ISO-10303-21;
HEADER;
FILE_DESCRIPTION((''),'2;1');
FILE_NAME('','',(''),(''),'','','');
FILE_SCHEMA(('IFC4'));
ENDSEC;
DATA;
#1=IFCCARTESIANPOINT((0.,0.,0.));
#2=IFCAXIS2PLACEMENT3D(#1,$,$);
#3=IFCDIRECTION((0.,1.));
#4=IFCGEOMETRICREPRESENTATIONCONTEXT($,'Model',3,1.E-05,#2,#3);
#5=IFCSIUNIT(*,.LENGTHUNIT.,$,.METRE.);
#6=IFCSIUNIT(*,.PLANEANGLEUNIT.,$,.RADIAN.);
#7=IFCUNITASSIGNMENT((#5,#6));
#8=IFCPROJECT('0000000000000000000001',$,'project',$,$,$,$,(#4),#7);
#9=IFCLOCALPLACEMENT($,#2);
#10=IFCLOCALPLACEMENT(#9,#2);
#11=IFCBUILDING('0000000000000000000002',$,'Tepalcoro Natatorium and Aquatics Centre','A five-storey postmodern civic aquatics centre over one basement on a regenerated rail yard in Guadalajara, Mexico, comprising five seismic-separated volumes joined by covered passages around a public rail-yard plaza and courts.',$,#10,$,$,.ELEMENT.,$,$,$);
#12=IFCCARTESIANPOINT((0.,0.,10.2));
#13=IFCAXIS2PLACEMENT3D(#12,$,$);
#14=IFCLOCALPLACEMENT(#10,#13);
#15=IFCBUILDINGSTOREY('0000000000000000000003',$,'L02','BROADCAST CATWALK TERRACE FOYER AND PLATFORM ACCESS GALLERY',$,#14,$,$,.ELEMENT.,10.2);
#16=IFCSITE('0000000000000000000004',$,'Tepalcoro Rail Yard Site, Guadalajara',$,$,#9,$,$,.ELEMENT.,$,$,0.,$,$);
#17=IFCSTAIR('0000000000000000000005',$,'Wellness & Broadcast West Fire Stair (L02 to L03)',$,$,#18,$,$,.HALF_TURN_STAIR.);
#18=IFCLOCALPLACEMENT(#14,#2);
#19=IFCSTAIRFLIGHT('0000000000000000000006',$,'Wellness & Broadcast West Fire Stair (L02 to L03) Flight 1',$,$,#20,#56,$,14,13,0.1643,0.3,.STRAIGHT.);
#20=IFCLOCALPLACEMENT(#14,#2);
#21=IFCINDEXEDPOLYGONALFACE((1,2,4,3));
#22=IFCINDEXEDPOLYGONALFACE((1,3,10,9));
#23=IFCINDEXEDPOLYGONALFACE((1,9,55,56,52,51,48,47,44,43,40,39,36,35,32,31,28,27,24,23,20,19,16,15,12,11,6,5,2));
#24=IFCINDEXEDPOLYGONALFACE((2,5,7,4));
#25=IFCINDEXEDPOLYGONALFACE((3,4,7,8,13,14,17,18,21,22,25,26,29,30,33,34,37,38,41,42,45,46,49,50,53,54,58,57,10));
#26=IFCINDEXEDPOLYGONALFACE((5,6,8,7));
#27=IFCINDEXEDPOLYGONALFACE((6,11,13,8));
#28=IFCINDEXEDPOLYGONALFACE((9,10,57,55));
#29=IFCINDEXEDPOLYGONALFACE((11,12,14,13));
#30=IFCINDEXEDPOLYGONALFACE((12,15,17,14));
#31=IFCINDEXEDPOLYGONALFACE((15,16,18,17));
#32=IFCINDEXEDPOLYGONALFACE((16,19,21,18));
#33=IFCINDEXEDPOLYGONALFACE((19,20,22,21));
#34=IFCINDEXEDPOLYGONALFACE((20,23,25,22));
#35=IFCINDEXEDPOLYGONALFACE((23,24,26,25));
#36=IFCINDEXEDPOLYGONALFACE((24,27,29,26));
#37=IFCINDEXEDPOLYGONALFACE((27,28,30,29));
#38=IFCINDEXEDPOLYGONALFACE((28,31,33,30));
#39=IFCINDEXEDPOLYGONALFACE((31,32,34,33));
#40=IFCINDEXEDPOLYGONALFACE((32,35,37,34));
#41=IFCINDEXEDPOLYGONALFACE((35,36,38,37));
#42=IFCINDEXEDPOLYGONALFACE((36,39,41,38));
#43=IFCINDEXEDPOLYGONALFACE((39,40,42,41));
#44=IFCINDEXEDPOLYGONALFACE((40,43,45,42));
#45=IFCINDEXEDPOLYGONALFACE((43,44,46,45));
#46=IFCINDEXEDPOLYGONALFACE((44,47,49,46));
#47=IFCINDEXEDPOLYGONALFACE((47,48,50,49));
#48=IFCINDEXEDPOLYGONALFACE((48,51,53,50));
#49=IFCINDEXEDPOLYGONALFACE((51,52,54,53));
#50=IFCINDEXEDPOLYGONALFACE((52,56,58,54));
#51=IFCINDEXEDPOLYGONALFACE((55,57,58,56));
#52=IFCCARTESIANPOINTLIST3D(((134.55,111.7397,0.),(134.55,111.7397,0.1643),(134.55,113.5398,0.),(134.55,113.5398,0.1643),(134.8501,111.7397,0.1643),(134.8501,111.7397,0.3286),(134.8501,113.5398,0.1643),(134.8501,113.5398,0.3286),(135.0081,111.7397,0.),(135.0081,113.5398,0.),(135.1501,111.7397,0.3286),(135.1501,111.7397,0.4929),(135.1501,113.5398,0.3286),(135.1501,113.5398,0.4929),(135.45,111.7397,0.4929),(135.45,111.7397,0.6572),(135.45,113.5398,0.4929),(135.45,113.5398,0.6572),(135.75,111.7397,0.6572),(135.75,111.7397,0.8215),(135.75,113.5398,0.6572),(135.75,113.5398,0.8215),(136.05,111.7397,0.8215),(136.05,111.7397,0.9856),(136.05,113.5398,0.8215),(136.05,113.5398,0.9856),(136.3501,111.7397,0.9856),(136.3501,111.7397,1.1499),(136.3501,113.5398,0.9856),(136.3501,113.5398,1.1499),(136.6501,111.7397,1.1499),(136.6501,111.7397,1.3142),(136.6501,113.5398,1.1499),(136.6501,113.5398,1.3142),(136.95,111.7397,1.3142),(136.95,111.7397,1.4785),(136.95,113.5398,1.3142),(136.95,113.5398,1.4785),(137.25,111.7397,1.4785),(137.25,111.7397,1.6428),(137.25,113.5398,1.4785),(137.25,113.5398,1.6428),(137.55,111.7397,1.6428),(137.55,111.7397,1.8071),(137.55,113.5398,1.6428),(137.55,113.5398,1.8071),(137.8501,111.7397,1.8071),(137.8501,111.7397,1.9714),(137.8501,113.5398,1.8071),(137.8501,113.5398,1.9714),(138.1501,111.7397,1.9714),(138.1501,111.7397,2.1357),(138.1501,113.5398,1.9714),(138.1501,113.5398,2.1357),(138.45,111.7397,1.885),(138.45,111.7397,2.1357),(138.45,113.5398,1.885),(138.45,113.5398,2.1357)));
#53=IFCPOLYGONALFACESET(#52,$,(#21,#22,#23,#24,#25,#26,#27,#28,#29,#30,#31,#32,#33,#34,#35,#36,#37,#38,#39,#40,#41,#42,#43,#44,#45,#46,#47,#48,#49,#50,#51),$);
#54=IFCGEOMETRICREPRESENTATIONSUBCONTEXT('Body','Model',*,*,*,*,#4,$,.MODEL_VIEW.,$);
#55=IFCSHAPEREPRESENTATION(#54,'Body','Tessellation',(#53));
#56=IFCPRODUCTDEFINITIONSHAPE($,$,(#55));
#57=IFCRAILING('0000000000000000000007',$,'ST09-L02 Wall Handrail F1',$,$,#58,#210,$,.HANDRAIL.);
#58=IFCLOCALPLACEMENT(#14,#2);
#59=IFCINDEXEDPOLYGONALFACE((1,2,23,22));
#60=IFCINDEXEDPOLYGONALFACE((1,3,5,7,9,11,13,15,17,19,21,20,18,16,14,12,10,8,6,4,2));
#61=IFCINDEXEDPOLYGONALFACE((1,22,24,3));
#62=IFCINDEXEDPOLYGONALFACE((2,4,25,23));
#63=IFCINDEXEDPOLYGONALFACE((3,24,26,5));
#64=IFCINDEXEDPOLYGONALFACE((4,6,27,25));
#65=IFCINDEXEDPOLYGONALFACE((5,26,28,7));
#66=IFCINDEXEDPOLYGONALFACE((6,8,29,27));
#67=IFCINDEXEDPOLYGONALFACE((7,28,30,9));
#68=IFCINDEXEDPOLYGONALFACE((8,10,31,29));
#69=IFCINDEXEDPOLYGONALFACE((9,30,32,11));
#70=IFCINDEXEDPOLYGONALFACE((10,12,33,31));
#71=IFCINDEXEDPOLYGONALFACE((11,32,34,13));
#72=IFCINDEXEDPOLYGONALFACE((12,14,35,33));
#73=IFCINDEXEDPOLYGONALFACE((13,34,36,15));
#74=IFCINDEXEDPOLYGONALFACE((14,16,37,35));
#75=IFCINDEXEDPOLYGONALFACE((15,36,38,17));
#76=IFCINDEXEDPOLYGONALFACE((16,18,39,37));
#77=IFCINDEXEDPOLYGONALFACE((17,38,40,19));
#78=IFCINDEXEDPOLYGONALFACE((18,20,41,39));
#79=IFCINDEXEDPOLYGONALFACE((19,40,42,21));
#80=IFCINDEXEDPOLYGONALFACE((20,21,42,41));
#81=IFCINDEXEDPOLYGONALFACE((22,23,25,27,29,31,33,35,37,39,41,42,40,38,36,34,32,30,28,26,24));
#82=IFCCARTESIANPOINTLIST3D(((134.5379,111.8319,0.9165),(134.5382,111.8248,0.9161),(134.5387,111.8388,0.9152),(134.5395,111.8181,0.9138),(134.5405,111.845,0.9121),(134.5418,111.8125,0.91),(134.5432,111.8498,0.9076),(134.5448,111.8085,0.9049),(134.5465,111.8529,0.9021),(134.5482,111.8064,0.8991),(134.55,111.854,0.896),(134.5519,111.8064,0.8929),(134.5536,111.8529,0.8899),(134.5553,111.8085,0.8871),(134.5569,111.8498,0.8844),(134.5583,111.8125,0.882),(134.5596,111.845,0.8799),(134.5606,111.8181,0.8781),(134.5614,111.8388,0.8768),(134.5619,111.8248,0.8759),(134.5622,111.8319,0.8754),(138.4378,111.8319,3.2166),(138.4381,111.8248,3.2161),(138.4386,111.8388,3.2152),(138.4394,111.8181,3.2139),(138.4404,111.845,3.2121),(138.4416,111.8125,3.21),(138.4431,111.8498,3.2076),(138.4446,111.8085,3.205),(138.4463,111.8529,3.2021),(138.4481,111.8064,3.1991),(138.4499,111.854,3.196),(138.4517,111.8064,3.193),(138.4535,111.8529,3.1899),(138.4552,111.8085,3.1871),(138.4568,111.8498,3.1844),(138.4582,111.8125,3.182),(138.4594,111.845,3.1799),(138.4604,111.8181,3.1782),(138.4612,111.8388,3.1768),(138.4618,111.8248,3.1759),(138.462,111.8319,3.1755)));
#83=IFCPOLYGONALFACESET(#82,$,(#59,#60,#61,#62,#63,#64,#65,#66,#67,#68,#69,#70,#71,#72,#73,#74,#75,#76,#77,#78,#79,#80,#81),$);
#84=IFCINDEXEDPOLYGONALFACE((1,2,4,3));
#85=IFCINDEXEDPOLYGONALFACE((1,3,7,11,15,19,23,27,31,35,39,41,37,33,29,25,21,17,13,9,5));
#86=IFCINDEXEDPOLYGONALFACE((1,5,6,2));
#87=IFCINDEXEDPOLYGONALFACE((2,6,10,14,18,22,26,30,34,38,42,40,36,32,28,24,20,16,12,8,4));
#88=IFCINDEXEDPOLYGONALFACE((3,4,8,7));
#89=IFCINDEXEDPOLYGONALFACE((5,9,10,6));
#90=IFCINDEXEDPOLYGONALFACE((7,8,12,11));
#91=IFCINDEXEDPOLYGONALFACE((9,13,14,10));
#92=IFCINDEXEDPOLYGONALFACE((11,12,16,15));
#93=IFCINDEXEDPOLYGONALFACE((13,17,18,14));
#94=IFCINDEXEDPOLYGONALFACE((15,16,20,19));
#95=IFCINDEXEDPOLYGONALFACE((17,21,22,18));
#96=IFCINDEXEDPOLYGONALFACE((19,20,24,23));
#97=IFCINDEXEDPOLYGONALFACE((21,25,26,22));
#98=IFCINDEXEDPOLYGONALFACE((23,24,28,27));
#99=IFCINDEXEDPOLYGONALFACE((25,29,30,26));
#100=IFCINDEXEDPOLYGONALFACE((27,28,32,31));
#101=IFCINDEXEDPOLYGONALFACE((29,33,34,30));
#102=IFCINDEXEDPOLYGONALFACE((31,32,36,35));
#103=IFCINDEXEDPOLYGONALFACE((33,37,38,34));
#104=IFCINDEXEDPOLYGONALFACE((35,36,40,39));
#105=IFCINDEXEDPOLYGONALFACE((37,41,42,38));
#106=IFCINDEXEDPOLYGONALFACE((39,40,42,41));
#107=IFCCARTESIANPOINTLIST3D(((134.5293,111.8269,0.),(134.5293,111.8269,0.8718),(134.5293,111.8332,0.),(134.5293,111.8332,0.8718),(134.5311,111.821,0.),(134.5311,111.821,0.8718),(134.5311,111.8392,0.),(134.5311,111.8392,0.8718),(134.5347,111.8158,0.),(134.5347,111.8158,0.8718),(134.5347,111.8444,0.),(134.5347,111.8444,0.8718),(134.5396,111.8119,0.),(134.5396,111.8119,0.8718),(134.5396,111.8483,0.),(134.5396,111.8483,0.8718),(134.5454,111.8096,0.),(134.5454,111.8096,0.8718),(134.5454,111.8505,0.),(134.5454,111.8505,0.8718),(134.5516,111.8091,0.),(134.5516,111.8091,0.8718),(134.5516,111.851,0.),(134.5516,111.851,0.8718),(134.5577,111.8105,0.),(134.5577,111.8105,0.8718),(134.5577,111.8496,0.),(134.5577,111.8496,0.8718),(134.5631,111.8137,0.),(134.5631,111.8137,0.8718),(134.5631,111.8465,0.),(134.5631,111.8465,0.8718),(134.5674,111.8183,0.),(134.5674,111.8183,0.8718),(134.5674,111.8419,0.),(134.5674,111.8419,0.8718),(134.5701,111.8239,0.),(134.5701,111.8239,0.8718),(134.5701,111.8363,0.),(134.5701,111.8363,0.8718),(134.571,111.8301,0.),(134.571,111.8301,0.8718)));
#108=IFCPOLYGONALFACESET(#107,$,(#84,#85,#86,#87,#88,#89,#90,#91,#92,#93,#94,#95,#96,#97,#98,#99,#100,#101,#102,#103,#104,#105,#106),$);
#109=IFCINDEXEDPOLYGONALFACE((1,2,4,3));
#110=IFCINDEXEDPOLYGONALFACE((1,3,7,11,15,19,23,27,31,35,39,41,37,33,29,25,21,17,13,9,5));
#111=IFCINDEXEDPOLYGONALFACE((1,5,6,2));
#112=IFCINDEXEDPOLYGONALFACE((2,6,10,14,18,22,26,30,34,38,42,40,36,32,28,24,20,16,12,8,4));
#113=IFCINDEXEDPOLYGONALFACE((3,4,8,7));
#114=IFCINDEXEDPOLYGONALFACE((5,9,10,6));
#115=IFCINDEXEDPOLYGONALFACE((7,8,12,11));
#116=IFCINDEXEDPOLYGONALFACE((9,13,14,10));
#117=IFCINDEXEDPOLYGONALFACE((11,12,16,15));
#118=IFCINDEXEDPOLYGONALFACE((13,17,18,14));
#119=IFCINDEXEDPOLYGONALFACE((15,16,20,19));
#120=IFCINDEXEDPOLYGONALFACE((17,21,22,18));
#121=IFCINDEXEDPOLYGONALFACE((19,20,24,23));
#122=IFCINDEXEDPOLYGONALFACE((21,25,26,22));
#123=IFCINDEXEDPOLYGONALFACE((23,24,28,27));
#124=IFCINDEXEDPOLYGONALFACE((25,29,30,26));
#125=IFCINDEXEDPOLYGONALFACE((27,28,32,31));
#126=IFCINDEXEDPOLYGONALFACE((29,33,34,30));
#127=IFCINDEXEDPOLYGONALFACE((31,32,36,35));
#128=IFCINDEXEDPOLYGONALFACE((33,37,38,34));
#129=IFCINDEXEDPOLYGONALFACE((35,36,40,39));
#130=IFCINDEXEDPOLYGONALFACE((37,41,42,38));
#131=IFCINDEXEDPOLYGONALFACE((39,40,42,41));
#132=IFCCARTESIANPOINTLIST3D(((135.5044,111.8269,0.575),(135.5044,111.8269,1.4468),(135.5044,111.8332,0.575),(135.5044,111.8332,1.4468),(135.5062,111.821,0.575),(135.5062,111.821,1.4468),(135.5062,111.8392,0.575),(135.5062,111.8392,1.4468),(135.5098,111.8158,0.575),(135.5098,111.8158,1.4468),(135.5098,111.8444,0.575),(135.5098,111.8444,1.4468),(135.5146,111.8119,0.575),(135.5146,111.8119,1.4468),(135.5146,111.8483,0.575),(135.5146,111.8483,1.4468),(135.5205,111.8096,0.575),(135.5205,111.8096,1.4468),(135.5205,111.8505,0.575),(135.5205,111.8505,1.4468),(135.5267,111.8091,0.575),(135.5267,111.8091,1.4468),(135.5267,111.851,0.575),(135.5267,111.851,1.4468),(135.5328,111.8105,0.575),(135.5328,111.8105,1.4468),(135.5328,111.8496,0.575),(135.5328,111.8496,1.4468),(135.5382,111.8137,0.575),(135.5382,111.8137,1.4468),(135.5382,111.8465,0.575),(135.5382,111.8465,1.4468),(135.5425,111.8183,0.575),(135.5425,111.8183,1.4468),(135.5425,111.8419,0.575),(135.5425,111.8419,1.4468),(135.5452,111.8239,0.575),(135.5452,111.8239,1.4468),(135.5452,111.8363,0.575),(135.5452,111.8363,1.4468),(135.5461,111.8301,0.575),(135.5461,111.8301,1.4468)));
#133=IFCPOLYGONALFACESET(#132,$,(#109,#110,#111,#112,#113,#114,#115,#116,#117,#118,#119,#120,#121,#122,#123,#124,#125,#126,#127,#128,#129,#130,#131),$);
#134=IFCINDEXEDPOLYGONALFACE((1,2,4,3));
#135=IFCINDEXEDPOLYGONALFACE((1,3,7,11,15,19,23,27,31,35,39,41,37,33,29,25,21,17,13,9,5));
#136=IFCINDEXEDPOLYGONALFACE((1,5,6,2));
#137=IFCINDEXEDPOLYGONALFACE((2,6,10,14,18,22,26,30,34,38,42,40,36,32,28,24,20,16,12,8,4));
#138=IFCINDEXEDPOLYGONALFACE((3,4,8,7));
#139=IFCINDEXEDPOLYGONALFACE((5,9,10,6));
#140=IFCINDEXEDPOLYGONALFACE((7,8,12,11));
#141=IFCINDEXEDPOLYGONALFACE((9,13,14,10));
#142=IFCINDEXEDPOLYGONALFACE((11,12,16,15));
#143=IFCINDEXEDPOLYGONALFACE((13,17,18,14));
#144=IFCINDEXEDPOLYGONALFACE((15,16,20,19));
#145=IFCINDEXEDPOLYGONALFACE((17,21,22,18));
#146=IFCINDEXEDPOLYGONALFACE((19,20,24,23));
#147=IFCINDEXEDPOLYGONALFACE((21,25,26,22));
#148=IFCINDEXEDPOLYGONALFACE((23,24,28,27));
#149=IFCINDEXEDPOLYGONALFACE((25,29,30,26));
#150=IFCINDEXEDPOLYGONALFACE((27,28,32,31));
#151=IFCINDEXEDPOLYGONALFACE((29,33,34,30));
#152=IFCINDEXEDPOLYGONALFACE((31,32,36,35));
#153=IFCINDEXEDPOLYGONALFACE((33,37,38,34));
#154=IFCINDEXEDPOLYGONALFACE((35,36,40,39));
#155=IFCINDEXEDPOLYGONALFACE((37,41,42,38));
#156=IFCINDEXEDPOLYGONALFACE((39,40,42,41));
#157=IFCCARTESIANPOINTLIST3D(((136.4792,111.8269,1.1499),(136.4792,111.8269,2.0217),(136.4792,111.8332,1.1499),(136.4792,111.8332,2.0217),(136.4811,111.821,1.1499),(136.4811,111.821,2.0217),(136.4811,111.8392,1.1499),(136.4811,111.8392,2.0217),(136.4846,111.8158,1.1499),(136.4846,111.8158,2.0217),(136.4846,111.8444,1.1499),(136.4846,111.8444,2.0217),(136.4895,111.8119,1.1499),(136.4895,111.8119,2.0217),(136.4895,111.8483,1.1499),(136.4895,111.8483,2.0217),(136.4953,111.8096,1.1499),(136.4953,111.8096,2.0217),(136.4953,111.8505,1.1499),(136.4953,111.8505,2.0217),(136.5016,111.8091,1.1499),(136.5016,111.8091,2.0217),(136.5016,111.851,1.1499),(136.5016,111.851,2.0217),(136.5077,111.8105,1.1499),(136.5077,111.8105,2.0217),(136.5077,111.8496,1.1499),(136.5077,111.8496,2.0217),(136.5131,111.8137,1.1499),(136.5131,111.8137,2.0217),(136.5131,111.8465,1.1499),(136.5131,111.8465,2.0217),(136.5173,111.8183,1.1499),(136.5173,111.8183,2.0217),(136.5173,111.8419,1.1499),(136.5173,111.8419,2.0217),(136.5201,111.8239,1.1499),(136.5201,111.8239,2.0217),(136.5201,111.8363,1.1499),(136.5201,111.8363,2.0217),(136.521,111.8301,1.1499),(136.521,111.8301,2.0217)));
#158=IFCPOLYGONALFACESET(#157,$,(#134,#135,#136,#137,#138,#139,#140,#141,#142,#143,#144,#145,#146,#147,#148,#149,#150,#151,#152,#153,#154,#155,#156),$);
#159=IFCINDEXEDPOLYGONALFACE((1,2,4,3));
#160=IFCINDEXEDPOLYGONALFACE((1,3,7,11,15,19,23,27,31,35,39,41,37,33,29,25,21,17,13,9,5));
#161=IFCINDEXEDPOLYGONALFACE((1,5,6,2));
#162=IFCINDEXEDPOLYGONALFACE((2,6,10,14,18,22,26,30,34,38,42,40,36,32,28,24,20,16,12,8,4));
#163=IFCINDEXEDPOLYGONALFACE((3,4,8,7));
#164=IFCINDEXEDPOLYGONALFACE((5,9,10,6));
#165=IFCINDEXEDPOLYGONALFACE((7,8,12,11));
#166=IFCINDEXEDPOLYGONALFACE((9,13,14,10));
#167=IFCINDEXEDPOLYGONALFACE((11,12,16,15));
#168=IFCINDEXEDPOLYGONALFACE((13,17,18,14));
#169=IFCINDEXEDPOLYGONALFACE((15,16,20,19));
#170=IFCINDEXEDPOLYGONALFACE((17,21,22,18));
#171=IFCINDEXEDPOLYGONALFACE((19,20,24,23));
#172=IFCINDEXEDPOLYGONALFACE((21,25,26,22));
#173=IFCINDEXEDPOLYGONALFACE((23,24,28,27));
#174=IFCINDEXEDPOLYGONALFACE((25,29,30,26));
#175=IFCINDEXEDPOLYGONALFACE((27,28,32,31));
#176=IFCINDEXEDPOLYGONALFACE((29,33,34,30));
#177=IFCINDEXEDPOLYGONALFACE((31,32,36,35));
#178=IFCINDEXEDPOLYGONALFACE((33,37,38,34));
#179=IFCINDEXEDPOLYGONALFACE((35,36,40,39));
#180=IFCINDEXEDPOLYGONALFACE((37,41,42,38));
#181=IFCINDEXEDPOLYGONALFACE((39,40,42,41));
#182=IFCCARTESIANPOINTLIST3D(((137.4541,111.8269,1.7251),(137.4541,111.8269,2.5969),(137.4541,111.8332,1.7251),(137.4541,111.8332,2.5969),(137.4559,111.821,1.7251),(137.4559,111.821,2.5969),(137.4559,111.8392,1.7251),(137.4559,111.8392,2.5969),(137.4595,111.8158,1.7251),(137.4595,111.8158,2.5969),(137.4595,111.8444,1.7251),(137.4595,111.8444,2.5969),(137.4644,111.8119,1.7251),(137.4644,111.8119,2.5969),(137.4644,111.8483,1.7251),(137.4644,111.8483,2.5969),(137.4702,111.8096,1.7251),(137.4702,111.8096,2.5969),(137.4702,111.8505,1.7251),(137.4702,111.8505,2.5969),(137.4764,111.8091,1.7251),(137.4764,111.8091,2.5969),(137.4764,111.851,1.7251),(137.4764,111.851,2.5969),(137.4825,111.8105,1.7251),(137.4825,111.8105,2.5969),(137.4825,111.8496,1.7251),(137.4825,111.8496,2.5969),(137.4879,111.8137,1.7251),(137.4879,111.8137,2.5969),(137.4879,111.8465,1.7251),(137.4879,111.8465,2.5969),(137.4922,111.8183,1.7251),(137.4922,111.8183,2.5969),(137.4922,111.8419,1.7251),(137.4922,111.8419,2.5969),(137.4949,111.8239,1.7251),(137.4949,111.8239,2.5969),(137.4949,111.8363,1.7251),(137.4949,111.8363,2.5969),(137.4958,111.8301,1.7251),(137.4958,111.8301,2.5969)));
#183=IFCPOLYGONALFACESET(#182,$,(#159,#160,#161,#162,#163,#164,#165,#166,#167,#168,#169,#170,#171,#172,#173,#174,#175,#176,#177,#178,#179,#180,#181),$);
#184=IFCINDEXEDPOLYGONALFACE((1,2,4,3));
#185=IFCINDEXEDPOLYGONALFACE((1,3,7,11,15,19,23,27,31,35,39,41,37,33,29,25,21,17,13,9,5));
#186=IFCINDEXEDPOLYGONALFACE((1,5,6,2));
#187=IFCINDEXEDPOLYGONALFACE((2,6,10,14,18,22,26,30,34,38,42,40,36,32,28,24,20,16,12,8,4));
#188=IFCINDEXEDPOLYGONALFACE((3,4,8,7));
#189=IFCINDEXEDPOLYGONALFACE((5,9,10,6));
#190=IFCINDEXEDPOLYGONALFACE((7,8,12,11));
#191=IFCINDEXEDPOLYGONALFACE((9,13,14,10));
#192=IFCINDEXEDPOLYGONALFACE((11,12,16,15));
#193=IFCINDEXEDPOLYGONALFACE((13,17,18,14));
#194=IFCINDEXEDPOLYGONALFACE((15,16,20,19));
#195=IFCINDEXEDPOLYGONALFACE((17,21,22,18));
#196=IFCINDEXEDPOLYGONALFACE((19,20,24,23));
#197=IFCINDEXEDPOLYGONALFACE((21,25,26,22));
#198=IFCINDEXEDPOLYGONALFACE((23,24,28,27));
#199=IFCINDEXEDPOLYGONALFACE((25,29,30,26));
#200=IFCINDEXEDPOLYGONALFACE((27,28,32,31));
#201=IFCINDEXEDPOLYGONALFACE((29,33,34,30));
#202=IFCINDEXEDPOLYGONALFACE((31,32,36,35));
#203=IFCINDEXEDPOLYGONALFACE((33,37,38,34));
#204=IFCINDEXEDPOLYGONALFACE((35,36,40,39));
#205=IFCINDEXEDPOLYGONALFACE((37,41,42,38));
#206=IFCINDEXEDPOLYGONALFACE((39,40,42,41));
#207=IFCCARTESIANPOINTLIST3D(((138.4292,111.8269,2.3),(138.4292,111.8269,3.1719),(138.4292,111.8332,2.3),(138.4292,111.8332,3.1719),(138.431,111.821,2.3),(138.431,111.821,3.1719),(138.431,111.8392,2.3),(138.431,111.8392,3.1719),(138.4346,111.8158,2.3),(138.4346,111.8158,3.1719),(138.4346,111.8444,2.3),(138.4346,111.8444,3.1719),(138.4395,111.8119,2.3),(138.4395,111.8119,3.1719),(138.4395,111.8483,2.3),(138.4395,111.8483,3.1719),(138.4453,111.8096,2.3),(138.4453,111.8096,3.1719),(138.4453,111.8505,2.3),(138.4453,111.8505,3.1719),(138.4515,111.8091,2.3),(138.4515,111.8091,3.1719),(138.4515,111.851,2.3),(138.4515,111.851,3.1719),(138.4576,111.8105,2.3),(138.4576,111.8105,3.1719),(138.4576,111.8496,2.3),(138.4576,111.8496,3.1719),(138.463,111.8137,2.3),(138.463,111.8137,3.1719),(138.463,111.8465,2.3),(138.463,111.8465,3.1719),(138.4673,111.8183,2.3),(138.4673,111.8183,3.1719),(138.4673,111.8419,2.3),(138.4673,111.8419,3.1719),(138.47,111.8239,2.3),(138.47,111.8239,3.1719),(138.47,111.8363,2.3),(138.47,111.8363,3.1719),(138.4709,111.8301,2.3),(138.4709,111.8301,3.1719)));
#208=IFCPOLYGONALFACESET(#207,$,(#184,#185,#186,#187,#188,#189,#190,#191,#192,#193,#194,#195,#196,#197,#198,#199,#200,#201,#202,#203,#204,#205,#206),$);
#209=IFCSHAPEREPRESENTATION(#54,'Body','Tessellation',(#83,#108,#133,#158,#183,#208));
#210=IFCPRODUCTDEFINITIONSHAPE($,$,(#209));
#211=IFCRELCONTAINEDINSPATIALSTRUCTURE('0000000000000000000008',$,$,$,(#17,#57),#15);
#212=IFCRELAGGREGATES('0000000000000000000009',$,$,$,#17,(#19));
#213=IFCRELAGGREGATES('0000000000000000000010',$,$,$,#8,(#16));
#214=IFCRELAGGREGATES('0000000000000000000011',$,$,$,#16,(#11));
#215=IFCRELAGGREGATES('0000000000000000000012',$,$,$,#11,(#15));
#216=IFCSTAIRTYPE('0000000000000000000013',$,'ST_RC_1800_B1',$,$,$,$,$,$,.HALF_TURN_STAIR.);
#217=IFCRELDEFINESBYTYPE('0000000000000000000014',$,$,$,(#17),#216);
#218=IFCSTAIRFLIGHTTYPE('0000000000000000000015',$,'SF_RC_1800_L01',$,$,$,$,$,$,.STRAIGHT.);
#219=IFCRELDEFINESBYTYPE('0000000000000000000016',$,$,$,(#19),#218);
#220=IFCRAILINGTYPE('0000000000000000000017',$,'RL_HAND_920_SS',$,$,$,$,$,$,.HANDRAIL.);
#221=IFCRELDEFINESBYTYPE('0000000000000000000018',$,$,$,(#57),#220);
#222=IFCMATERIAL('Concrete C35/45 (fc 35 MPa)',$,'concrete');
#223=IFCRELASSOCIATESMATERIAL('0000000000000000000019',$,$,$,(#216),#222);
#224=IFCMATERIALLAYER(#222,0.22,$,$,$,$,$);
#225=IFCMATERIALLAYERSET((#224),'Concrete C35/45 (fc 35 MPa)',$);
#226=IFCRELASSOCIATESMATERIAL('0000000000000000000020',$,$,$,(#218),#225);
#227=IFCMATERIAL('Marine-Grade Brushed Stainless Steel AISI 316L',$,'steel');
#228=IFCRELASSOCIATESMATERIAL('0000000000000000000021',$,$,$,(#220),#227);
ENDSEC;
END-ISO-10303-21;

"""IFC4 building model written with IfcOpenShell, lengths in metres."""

from ifc_helpers import new_model, si_unit, direction, frame, origin, origin_2d, place, context, subcontext, project, spatial, polyline, circle, outline, extrude, material, layer, layer_set, type_object, element, aggregate, save


model = new_model("IFC4")

# Units and contexts
model_context = context("Model", 3, precision=1e-05, world=origin(), true_north=direction((0.0, 1.0)))
body_context = subcontext(model_context, "Body", "Model", "MODEL_VIEW")
ifc_project = project(units=[si_unit("LENGTHUNIT", "METRE"), si_unit("PLANEANGLEUNIT", "RADIAN")], contexts=[model_context])

# Site, building, storey
site_placement = place(None, origin())
site = spatial("IfcSite", under=ifc_project, at=site_placement, Name="Tepalcoro Rail Yard Site, Guadalajara", CompositionType="ELEMENT", RefElevation=0.0)
building_placement = place(site_placement, origin())
building = spatial("IfcBuilding", under=site, at=building_placement, Name="Tepalcoro Natatorium and Aquatics Centre", Description="A five-storey postmodern civic aquatics centre over one basement on a regenerated rail yard in Guadalajara, Mexico, comprising five seismic-separated volumes joined by covered passages around a public rail-yard plaza and courts.", CompositionType="ELEMENT")
storey_placement = place(building_placement, frame((0.0, 0.0, 10.2)))
storey = spatial("IfcBuildingStorey", under=building, at=storey_placement, Name="L02", Description="BROADCAST CATWALK TERRACE FOYER AND PLATFORM ACCESS GALLERY", CompositionType="ELEMENT", Elevation=10.2)

# Shared definitions
ifc_material_1 = material(Name="Marine-Grade Brushed Stainless Steel AISI 316L", Category="steel")

# Shared definitions
ifc_material_2 = material(Name="Concrete C35/45 (fc 35 MPa)", Category="concrete")

# Stair, stair flight
stair_type = type_object("IfcStairType", Name="ST_RC_1800_B1", PredefinedType="HALF_TURN_STAIR", material=ifc_material_2)
stair_placement = place(storey_placement, origin())
stair = element("IfcStair", 1, at=stair_placement, inside=storey, type_object=stair_type, Name="Wellness & Broadcast West Fire Stair (L02 to L03)", PredefinedType="HALF_TURN_STAIR")
ifc_layer_1 = layer(ifc_material_2, 0.22)
ifc_layer_set_1 = layer_set([ifc_layer_1], Name="Concrete C35/45 (fc 35 MPa)")
stair_flight_type = type_object("IfcStairFlightType", Name="SF_RC_1800_L01", PredefinedType="STRAIGHT", material=ifc_layer_set_1)
stair_flight_placement = place(storey_placement, frame((134.55, 112.6399, 0.0), z_axis=(0.0, 0.0, 1.0), x_axis=(1.0, 0.0, 0.0)))
stair_flight = element("IfcStairFlight", 2, at=stair_flight_placement, type_object=stair_flight_type, Name="Wellness & Broadcast West Fire Stair (L02 to L03) Flight 1", NumberOfRisers=14, NumberOfTreads=13, PredefinedType="STRAIGHT", RiserHeight=0.1643, TreadLength=0.3, context=body_context, shape_type="SweptSolid", body=[
    extrude(outline(polyline([(0.0, 0.0), (0.0, 0.1643), (0.3, 0.1643), (0.3, 0.3286), (0.6001, 0.3286), (0.6001, 0.4929), (0.8999, 0.4929), (0.8999, 0.6572), (1.2, 0.6572), (1.2, 0.8215), (1.5, 0.8215), (1.5, 0.9856), (1.8, 0.9856), (1.8, 1.1499), (2.1001, 1.1499), (2.1001, 1.3142), (2.3999, 1.3142), (2.3999, 1.4785), (2.7, 1.4785), (2.7, 1.6428), (3.0, 1.6428), (3.0, 1.8071), (3.3, 1.8071), (3.3, 1.9714), (3.6001, 1.9714), (3.6001, 2.1357), (3.8999, 2.1357), (3.8999, 2.3), (3.8999, 1.885), (0.458, 0.0), (0.0, 0.0)])), frame((0.0, 0.8999, 0.0), z_axis=(0.0, -1.0, 0.0), x_axis=(1.0, 0.0, 0.0)), (0.0, 0.0, 1.0), 1.8),
])
aggregate(stair, [stair_flight])

# Railing
railing_type = type_object("IfcRailingType", Name="RL_HAND_920_SS", PredefinedType="HANDRAIL", material=ifc_material_1)
railing_placement = place(storey_placement, frame((134.55, 111.8301, 0.0)))
element("IfcRailing", 3, at=railing_placement, inside=storey, type_object=railing_type, Name="ST09-L02 Wall Handrail F1", PredefinedType="HANDRAIL", context=body_context, shape_type="SweptSolid", body=[
    extrude(circle(Radius=0.0239, at=origin_2d()), frame((0.0, 0.0, 0.896), z_axis=(0.861356, 0.0, 0.508002), x_axis=(0.0, 1.0, 0.0)), (0.0, 0.0, 1.0), 4.5276),
    extrude(circle(Radius=0.021, at=origin_2d()), origin(), (0.0, 0.0, 1.0), 0.8718),
    extrude(circle(Radius=0.021, at=origin_2d()), frame((0.9751, 0.0, 0.575)), (0.0, 0.0, 1.0), 0.8718),
    extrude(circle(Radius=0.021, at=origin_2d()), frame((1.95, 0.0, 1.1499)), (0.0, 0.0, 1.0), 0.8718),
    extrude(circle(Radius=0.021, at=origin_2d()), frame((2.9248, 0.0, 1.7251)), (0.0, 0.0, 1.0), 0.8718),
    extrude(circle(Radius=0.021, at=origin_2d()), frame((3.8999, 0.0, 2.3)), (0.0, 0.0, 1.0), 0.8718),
])

save(model, "model.ifc")
